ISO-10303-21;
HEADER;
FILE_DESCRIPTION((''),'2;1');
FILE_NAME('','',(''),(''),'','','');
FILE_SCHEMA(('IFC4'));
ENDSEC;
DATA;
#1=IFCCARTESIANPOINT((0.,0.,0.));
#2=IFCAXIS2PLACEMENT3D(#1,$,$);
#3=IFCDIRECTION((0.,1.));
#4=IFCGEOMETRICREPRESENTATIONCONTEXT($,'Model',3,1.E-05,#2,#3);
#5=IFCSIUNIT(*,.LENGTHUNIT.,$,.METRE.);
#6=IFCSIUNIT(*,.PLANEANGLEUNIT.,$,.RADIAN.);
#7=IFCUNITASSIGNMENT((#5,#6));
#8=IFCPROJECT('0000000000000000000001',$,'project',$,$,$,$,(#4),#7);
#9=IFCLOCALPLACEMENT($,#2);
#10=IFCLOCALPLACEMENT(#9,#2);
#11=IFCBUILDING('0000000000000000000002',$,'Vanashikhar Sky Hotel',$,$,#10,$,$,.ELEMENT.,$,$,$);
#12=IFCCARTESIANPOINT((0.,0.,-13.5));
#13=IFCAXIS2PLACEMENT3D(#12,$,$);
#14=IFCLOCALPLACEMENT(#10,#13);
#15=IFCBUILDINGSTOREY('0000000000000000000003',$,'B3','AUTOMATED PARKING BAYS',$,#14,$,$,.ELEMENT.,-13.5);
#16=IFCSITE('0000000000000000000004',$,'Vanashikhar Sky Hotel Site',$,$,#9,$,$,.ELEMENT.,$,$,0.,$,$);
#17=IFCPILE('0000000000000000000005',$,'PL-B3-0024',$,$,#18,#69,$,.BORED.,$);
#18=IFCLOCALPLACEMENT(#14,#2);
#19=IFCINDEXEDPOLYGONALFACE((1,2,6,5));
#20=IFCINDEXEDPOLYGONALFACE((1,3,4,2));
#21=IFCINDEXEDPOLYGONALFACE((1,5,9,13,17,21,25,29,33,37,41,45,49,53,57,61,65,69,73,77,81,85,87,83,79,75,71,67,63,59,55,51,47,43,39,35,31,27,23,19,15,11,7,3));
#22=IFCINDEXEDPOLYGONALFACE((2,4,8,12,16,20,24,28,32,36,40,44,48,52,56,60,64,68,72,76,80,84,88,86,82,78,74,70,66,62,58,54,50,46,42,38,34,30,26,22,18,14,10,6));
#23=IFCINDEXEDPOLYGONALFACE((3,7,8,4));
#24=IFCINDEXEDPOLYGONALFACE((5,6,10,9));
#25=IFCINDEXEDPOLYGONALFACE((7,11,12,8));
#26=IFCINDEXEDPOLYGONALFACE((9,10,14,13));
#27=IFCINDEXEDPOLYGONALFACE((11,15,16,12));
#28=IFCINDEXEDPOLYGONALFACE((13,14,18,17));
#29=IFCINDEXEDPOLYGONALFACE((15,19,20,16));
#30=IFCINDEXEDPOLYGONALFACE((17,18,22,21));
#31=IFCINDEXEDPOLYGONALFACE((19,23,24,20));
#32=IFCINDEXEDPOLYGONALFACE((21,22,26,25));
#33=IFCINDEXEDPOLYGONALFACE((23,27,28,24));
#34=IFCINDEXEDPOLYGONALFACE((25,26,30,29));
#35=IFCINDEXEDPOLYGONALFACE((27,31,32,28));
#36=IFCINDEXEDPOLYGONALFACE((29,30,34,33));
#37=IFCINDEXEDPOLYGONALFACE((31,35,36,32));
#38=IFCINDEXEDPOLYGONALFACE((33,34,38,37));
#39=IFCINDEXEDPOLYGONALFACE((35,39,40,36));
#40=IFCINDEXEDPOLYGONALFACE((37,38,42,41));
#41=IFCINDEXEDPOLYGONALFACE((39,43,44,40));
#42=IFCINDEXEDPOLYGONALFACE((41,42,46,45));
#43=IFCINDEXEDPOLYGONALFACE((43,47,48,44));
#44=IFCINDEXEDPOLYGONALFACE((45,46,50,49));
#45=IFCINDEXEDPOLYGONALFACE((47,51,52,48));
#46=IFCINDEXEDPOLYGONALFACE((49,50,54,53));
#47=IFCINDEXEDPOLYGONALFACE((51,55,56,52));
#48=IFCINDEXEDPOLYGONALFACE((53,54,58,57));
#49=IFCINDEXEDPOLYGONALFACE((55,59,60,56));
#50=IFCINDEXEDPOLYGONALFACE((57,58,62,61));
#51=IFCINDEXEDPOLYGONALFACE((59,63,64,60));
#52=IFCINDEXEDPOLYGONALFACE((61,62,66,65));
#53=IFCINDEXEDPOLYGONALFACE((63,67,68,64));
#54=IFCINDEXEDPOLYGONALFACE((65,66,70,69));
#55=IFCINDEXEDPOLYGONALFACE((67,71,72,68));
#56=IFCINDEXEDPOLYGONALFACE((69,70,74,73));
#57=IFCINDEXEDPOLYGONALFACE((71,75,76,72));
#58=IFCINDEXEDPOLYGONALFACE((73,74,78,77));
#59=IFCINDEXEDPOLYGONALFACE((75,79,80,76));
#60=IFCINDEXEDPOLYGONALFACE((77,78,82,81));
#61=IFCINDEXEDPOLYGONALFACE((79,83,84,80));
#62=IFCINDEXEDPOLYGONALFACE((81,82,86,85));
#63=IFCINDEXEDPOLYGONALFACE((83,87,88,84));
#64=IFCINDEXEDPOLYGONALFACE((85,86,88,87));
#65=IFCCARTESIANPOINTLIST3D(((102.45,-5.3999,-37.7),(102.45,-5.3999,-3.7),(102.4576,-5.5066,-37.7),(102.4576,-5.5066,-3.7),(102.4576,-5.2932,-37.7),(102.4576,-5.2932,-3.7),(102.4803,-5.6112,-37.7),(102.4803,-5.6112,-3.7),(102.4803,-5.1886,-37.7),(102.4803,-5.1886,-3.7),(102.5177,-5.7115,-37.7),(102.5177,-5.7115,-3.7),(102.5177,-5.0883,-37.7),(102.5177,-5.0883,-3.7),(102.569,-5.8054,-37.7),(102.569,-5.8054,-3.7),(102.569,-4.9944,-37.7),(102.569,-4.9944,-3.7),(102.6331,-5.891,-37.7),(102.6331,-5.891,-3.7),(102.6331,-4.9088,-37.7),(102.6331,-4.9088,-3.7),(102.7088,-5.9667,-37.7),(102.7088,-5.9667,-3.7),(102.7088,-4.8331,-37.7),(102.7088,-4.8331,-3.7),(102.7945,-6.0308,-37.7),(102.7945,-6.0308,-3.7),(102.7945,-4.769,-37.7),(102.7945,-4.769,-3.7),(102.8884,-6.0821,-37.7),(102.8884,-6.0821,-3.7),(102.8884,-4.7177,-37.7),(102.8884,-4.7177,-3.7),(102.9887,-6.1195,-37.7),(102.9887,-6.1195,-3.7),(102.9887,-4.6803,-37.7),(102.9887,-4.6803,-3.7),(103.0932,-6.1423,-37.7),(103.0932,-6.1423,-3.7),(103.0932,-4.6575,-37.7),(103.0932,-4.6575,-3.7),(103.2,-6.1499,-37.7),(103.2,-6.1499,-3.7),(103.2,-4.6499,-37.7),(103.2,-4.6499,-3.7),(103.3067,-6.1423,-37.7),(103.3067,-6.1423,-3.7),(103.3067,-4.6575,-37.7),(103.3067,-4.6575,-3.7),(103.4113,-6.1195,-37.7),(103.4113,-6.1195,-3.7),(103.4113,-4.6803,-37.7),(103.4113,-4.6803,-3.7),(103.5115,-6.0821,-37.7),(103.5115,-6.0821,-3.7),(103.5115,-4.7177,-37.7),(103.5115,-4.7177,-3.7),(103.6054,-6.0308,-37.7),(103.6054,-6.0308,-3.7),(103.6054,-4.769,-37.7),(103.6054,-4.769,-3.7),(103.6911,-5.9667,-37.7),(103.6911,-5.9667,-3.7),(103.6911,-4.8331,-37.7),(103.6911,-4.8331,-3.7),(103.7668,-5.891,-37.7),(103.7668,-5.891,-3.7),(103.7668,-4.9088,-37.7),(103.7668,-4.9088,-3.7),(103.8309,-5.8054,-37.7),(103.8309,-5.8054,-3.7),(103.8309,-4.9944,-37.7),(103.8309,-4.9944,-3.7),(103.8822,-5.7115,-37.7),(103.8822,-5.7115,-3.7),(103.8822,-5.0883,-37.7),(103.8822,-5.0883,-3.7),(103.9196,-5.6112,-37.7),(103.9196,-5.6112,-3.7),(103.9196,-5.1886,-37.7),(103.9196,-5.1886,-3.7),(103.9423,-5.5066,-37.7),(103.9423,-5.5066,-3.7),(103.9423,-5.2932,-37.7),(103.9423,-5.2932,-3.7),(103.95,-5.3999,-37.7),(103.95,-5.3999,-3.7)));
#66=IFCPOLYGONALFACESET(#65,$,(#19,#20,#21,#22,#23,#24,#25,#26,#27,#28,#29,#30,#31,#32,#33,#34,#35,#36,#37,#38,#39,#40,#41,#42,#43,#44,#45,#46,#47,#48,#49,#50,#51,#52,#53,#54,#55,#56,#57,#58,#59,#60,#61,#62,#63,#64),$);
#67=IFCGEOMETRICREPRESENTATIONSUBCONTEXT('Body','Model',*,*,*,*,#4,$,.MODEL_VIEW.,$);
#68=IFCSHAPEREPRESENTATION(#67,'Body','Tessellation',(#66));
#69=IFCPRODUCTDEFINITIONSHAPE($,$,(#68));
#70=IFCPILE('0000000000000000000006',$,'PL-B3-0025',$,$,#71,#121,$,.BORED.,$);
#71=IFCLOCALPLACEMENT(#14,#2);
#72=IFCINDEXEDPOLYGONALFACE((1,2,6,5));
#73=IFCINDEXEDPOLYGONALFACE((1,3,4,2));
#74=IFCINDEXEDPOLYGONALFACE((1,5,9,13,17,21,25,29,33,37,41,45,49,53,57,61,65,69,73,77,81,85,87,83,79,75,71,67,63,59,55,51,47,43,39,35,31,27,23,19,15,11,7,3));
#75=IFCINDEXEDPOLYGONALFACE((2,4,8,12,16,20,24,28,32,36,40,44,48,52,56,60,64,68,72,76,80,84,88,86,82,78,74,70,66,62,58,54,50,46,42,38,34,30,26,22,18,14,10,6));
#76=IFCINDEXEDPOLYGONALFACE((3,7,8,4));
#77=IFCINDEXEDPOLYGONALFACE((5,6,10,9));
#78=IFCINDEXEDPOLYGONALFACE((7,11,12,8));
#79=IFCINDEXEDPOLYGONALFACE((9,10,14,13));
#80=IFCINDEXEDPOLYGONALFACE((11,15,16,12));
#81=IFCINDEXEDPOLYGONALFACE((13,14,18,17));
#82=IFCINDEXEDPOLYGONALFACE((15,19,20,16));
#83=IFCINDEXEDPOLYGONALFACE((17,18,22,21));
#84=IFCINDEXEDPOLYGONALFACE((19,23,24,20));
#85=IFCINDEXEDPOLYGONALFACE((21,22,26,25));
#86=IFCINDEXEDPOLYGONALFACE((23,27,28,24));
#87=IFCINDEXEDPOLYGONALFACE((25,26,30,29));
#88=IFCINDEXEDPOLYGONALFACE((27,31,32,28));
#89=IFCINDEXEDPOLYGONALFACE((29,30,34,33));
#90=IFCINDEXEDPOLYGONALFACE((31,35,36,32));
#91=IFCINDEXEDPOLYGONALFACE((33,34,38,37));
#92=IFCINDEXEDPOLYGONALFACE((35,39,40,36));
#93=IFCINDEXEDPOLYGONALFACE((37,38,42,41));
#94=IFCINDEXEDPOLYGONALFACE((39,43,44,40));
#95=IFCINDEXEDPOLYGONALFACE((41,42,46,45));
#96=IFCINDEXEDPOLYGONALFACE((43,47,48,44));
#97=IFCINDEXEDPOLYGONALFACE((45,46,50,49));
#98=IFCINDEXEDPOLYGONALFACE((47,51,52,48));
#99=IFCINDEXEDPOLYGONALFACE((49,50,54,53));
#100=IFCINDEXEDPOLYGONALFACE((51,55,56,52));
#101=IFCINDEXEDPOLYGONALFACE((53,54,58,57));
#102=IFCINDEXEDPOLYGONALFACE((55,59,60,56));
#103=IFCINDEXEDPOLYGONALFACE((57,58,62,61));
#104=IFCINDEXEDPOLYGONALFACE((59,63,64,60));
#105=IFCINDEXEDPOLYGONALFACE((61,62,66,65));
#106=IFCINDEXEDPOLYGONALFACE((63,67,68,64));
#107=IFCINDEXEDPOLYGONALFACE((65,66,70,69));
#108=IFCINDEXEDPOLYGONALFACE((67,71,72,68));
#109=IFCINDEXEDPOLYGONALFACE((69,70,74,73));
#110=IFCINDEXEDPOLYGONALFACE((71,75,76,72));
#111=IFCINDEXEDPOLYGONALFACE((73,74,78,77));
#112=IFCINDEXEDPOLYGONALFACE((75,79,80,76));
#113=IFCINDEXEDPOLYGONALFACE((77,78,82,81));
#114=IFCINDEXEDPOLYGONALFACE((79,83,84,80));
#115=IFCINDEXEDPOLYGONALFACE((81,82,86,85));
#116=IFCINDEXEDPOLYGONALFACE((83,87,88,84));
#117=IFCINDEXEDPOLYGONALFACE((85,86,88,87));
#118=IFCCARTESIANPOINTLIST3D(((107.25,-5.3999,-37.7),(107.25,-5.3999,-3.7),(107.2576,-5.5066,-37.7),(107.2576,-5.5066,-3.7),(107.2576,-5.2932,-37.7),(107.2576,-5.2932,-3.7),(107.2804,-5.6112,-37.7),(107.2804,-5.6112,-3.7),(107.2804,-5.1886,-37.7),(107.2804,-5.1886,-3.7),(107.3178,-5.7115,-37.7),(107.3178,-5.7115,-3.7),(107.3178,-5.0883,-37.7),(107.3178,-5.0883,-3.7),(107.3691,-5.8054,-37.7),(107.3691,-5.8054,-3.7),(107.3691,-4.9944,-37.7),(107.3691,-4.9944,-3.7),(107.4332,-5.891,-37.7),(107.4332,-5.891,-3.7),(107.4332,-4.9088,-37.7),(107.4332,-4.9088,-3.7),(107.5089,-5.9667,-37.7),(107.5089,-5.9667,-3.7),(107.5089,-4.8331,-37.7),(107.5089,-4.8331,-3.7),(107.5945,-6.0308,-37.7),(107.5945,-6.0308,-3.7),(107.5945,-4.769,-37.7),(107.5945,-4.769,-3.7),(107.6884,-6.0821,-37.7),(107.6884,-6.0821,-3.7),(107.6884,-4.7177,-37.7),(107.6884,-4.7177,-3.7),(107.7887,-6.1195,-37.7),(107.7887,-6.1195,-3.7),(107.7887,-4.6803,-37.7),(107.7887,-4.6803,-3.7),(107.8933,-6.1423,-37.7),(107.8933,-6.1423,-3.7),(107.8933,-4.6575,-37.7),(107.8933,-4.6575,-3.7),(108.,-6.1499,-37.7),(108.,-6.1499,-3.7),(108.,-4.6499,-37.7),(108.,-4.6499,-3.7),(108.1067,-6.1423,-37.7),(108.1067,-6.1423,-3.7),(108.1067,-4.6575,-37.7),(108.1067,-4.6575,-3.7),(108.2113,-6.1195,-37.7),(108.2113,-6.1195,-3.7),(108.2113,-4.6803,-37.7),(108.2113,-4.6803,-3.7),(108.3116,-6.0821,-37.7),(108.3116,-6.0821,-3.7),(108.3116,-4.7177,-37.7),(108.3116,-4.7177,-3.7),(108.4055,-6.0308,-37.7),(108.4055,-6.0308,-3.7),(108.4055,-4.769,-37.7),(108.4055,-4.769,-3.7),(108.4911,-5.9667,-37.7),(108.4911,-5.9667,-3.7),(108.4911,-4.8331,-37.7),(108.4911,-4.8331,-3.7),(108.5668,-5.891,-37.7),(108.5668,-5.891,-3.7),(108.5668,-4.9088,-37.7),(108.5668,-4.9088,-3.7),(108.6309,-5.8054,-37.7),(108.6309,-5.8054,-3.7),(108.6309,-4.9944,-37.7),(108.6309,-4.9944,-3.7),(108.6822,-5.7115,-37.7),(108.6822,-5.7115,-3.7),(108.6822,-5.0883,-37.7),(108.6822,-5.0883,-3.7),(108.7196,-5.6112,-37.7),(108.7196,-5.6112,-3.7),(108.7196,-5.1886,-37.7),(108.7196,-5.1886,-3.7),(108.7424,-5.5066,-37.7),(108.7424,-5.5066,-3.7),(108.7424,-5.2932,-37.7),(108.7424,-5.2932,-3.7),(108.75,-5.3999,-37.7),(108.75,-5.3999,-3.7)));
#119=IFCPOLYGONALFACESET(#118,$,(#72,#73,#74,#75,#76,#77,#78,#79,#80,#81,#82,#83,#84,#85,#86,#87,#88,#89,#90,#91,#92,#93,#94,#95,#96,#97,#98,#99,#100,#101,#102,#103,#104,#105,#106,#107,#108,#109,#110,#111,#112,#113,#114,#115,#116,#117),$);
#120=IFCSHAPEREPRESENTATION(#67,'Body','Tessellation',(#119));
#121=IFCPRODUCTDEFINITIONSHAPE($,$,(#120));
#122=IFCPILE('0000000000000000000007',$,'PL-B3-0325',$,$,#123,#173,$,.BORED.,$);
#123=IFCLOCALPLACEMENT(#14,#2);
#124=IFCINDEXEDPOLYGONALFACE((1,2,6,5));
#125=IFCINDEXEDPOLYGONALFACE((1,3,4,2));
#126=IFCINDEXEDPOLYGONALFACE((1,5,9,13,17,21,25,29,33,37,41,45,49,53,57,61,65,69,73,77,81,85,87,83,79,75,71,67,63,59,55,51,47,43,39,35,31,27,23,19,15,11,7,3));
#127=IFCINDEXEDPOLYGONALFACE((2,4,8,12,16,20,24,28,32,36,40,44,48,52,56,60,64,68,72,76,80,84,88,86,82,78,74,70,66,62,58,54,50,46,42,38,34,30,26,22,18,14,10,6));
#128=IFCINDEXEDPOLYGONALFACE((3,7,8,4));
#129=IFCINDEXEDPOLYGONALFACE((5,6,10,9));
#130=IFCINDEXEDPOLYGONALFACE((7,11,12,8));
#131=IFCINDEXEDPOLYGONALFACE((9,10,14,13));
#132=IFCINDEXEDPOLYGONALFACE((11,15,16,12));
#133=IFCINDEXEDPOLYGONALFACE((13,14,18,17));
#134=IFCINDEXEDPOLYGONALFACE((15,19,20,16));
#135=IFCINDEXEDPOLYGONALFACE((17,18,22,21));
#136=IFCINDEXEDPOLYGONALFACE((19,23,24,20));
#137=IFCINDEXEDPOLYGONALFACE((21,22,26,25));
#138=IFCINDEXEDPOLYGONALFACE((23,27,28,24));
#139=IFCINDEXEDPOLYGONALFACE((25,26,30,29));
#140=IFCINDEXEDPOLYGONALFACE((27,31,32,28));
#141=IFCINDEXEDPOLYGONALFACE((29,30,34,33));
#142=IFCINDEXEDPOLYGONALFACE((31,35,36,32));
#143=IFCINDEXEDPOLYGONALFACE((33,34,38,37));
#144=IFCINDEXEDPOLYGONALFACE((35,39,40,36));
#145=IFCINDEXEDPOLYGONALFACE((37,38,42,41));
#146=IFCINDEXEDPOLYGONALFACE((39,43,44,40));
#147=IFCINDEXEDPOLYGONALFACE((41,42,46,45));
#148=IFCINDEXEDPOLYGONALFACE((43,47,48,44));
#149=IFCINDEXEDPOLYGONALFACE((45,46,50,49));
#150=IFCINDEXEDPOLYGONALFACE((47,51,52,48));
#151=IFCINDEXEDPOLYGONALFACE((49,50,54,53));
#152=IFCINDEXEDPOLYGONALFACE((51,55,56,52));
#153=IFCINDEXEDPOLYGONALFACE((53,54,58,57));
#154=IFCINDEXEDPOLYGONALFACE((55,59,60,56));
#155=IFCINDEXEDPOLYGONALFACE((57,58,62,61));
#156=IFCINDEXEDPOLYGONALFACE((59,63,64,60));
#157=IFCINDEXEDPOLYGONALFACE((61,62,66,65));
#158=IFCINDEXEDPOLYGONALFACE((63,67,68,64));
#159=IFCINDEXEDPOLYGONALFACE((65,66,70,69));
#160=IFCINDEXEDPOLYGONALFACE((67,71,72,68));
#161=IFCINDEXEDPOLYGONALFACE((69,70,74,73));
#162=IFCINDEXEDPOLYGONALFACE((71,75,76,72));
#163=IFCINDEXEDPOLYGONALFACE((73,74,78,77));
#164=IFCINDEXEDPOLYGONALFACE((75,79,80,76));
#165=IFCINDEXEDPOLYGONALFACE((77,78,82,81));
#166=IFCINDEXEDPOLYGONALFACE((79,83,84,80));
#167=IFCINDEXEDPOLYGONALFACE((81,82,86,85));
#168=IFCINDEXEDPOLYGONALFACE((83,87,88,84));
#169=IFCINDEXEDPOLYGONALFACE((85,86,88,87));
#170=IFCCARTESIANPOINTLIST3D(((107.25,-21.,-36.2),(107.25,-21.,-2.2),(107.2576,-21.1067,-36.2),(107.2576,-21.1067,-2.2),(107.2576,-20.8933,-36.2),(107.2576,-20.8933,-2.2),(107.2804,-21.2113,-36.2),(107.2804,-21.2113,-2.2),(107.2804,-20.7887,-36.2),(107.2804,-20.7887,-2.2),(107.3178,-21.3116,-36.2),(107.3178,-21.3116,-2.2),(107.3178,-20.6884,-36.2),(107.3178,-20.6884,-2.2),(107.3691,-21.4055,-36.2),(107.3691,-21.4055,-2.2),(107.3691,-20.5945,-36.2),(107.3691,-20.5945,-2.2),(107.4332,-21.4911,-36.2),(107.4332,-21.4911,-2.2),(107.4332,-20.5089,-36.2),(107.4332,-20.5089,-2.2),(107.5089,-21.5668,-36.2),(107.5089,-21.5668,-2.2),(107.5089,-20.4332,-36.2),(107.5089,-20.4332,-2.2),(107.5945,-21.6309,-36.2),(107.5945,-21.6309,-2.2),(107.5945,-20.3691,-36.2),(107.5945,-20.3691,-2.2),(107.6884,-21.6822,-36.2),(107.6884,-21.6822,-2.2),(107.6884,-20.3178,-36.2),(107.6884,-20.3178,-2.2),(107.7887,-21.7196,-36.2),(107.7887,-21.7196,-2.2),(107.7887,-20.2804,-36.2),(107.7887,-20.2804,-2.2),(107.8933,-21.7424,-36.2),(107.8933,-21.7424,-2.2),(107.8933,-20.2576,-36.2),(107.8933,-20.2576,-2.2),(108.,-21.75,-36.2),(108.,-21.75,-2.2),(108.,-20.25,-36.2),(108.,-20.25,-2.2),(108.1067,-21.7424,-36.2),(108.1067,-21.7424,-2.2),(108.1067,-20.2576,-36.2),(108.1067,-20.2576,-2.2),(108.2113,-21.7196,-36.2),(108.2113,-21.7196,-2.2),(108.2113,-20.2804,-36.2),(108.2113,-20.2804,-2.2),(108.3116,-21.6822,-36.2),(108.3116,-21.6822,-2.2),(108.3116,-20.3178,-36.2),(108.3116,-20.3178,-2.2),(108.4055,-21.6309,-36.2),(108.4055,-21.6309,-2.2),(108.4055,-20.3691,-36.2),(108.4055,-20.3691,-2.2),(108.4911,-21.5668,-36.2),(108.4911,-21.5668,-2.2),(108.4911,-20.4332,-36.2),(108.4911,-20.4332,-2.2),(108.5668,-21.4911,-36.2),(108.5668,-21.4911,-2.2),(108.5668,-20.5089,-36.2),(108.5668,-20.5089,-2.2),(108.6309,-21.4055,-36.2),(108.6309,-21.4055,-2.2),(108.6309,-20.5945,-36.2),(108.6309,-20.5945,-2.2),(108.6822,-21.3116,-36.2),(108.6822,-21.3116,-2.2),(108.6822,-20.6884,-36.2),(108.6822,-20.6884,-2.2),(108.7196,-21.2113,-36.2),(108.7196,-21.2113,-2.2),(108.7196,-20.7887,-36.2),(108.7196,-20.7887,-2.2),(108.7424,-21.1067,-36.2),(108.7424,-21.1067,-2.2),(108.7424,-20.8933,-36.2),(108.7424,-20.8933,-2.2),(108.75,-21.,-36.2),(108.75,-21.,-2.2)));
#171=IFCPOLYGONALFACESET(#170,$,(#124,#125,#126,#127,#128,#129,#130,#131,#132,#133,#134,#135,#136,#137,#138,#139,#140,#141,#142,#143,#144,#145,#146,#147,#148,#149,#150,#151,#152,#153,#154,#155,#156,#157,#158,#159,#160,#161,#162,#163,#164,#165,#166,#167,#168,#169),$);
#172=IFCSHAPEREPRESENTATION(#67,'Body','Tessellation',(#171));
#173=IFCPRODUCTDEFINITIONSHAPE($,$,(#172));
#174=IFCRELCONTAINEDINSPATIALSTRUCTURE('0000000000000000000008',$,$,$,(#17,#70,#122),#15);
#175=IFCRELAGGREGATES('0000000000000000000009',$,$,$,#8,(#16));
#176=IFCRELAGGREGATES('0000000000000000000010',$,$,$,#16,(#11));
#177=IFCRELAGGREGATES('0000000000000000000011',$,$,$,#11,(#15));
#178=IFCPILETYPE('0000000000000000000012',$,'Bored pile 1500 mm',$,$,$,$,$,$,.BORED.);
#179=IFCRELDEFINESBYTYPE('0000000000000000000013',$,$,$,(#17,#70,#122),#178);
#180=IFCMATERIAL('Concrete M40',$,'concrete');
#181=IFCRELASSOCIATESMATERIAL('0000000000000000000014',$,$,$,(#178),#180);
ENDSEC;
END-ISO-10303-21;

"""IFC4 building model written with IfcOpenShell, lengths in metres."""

from ifc_helpers import new_model, si_unit, direction, frame, origin, origin_2d, place, context, subcontext, project, spatial, circle, extrude, source, transform, mapped, material, type_object, element, save


model = new_model("IFC4")

# Units and contexts
model_context = context("Model", 3, precision=1e-05, world=origin(), true_north=direction((0.0, 1.0)))
body_context = subcontext(model_context, "Body", "Model", "MODEL_VIEW")
ifc_project = project(units=[si_unit("LENGTHUNIT", "METRE"), si_unit("PLANEANGLEUNIT", "RADIAN")], contexts=[model_context])

# Site, building, storey
site_placement = place(None, origin())
site = spatial("IfcSite", under=ifc_project, at=site_placement, Name="Vanashikhar Sky Hotel Site", CompositionType="ELEMENT", RefElevation=0.0)
building_placement = place(site_placement, origin())
building = spatial("IfcBuilding", under=site, at=building_placement, Name="Vanashikhar Sky Hotel", CompositionType="ELEMENT")
storey_placement = place(building_placement, frame((0.0, 0.0, -13.5)))
storey = spatial("IfcBuildingStorey", under=building, at=storey_placement, Name="B3", Description="AUTOMATED PARKING BAYS", CompositionType="ELEMENT", Elevation=-13.5)

# Piles
ifc_material_1 = material(Name="Concrete M40", Category="concrete")
pile_type_1 = type_object("IfcPileType", Name="Bored pile 1500 mm", PredefinedType="BORED", material=ifc_material_1)
shared_shape_1 = source(origin(), body_context, "Body", "SweptSolid", [
    extrude(circle(Radius=0.75, at=origin_2d()), origin(), (0.0, 0.0, 1.0), 34.0),
])
for number, where, z_axis, x_axis, name in (
    (1, (103.2, -5.3999, -3.7), (0.0, 0.0, -1.0), (1.0, 0.0, 0.0), "PL-B3-0024"),
    (2, (108.0, -5.3999, -3.7), (0.0, 0.0, -1.0), (1.0, 0.0, 0.0), "PL-B3-0025"),
    (3, (108.0, -21.0, -2.2), (0.0, 0.0, -1.0), (1.0, 0.0, 0.0), "PL-B3-0325"),
):
    element("IfcPile", number, at=place(storey_placement, frame(where, z_axis=z_axis, x_axis=x_axis)), inside=storey, type_object=pile_type_1, Name=name, PredefinedType="BORED", context=body_context, shape_type="MappedRepresentation", body=[
        mapped(shared_shape_1, transform((0.0, 0.0, 0.0), scale=1.0)),
    ])

save(model, "model.ifc")
